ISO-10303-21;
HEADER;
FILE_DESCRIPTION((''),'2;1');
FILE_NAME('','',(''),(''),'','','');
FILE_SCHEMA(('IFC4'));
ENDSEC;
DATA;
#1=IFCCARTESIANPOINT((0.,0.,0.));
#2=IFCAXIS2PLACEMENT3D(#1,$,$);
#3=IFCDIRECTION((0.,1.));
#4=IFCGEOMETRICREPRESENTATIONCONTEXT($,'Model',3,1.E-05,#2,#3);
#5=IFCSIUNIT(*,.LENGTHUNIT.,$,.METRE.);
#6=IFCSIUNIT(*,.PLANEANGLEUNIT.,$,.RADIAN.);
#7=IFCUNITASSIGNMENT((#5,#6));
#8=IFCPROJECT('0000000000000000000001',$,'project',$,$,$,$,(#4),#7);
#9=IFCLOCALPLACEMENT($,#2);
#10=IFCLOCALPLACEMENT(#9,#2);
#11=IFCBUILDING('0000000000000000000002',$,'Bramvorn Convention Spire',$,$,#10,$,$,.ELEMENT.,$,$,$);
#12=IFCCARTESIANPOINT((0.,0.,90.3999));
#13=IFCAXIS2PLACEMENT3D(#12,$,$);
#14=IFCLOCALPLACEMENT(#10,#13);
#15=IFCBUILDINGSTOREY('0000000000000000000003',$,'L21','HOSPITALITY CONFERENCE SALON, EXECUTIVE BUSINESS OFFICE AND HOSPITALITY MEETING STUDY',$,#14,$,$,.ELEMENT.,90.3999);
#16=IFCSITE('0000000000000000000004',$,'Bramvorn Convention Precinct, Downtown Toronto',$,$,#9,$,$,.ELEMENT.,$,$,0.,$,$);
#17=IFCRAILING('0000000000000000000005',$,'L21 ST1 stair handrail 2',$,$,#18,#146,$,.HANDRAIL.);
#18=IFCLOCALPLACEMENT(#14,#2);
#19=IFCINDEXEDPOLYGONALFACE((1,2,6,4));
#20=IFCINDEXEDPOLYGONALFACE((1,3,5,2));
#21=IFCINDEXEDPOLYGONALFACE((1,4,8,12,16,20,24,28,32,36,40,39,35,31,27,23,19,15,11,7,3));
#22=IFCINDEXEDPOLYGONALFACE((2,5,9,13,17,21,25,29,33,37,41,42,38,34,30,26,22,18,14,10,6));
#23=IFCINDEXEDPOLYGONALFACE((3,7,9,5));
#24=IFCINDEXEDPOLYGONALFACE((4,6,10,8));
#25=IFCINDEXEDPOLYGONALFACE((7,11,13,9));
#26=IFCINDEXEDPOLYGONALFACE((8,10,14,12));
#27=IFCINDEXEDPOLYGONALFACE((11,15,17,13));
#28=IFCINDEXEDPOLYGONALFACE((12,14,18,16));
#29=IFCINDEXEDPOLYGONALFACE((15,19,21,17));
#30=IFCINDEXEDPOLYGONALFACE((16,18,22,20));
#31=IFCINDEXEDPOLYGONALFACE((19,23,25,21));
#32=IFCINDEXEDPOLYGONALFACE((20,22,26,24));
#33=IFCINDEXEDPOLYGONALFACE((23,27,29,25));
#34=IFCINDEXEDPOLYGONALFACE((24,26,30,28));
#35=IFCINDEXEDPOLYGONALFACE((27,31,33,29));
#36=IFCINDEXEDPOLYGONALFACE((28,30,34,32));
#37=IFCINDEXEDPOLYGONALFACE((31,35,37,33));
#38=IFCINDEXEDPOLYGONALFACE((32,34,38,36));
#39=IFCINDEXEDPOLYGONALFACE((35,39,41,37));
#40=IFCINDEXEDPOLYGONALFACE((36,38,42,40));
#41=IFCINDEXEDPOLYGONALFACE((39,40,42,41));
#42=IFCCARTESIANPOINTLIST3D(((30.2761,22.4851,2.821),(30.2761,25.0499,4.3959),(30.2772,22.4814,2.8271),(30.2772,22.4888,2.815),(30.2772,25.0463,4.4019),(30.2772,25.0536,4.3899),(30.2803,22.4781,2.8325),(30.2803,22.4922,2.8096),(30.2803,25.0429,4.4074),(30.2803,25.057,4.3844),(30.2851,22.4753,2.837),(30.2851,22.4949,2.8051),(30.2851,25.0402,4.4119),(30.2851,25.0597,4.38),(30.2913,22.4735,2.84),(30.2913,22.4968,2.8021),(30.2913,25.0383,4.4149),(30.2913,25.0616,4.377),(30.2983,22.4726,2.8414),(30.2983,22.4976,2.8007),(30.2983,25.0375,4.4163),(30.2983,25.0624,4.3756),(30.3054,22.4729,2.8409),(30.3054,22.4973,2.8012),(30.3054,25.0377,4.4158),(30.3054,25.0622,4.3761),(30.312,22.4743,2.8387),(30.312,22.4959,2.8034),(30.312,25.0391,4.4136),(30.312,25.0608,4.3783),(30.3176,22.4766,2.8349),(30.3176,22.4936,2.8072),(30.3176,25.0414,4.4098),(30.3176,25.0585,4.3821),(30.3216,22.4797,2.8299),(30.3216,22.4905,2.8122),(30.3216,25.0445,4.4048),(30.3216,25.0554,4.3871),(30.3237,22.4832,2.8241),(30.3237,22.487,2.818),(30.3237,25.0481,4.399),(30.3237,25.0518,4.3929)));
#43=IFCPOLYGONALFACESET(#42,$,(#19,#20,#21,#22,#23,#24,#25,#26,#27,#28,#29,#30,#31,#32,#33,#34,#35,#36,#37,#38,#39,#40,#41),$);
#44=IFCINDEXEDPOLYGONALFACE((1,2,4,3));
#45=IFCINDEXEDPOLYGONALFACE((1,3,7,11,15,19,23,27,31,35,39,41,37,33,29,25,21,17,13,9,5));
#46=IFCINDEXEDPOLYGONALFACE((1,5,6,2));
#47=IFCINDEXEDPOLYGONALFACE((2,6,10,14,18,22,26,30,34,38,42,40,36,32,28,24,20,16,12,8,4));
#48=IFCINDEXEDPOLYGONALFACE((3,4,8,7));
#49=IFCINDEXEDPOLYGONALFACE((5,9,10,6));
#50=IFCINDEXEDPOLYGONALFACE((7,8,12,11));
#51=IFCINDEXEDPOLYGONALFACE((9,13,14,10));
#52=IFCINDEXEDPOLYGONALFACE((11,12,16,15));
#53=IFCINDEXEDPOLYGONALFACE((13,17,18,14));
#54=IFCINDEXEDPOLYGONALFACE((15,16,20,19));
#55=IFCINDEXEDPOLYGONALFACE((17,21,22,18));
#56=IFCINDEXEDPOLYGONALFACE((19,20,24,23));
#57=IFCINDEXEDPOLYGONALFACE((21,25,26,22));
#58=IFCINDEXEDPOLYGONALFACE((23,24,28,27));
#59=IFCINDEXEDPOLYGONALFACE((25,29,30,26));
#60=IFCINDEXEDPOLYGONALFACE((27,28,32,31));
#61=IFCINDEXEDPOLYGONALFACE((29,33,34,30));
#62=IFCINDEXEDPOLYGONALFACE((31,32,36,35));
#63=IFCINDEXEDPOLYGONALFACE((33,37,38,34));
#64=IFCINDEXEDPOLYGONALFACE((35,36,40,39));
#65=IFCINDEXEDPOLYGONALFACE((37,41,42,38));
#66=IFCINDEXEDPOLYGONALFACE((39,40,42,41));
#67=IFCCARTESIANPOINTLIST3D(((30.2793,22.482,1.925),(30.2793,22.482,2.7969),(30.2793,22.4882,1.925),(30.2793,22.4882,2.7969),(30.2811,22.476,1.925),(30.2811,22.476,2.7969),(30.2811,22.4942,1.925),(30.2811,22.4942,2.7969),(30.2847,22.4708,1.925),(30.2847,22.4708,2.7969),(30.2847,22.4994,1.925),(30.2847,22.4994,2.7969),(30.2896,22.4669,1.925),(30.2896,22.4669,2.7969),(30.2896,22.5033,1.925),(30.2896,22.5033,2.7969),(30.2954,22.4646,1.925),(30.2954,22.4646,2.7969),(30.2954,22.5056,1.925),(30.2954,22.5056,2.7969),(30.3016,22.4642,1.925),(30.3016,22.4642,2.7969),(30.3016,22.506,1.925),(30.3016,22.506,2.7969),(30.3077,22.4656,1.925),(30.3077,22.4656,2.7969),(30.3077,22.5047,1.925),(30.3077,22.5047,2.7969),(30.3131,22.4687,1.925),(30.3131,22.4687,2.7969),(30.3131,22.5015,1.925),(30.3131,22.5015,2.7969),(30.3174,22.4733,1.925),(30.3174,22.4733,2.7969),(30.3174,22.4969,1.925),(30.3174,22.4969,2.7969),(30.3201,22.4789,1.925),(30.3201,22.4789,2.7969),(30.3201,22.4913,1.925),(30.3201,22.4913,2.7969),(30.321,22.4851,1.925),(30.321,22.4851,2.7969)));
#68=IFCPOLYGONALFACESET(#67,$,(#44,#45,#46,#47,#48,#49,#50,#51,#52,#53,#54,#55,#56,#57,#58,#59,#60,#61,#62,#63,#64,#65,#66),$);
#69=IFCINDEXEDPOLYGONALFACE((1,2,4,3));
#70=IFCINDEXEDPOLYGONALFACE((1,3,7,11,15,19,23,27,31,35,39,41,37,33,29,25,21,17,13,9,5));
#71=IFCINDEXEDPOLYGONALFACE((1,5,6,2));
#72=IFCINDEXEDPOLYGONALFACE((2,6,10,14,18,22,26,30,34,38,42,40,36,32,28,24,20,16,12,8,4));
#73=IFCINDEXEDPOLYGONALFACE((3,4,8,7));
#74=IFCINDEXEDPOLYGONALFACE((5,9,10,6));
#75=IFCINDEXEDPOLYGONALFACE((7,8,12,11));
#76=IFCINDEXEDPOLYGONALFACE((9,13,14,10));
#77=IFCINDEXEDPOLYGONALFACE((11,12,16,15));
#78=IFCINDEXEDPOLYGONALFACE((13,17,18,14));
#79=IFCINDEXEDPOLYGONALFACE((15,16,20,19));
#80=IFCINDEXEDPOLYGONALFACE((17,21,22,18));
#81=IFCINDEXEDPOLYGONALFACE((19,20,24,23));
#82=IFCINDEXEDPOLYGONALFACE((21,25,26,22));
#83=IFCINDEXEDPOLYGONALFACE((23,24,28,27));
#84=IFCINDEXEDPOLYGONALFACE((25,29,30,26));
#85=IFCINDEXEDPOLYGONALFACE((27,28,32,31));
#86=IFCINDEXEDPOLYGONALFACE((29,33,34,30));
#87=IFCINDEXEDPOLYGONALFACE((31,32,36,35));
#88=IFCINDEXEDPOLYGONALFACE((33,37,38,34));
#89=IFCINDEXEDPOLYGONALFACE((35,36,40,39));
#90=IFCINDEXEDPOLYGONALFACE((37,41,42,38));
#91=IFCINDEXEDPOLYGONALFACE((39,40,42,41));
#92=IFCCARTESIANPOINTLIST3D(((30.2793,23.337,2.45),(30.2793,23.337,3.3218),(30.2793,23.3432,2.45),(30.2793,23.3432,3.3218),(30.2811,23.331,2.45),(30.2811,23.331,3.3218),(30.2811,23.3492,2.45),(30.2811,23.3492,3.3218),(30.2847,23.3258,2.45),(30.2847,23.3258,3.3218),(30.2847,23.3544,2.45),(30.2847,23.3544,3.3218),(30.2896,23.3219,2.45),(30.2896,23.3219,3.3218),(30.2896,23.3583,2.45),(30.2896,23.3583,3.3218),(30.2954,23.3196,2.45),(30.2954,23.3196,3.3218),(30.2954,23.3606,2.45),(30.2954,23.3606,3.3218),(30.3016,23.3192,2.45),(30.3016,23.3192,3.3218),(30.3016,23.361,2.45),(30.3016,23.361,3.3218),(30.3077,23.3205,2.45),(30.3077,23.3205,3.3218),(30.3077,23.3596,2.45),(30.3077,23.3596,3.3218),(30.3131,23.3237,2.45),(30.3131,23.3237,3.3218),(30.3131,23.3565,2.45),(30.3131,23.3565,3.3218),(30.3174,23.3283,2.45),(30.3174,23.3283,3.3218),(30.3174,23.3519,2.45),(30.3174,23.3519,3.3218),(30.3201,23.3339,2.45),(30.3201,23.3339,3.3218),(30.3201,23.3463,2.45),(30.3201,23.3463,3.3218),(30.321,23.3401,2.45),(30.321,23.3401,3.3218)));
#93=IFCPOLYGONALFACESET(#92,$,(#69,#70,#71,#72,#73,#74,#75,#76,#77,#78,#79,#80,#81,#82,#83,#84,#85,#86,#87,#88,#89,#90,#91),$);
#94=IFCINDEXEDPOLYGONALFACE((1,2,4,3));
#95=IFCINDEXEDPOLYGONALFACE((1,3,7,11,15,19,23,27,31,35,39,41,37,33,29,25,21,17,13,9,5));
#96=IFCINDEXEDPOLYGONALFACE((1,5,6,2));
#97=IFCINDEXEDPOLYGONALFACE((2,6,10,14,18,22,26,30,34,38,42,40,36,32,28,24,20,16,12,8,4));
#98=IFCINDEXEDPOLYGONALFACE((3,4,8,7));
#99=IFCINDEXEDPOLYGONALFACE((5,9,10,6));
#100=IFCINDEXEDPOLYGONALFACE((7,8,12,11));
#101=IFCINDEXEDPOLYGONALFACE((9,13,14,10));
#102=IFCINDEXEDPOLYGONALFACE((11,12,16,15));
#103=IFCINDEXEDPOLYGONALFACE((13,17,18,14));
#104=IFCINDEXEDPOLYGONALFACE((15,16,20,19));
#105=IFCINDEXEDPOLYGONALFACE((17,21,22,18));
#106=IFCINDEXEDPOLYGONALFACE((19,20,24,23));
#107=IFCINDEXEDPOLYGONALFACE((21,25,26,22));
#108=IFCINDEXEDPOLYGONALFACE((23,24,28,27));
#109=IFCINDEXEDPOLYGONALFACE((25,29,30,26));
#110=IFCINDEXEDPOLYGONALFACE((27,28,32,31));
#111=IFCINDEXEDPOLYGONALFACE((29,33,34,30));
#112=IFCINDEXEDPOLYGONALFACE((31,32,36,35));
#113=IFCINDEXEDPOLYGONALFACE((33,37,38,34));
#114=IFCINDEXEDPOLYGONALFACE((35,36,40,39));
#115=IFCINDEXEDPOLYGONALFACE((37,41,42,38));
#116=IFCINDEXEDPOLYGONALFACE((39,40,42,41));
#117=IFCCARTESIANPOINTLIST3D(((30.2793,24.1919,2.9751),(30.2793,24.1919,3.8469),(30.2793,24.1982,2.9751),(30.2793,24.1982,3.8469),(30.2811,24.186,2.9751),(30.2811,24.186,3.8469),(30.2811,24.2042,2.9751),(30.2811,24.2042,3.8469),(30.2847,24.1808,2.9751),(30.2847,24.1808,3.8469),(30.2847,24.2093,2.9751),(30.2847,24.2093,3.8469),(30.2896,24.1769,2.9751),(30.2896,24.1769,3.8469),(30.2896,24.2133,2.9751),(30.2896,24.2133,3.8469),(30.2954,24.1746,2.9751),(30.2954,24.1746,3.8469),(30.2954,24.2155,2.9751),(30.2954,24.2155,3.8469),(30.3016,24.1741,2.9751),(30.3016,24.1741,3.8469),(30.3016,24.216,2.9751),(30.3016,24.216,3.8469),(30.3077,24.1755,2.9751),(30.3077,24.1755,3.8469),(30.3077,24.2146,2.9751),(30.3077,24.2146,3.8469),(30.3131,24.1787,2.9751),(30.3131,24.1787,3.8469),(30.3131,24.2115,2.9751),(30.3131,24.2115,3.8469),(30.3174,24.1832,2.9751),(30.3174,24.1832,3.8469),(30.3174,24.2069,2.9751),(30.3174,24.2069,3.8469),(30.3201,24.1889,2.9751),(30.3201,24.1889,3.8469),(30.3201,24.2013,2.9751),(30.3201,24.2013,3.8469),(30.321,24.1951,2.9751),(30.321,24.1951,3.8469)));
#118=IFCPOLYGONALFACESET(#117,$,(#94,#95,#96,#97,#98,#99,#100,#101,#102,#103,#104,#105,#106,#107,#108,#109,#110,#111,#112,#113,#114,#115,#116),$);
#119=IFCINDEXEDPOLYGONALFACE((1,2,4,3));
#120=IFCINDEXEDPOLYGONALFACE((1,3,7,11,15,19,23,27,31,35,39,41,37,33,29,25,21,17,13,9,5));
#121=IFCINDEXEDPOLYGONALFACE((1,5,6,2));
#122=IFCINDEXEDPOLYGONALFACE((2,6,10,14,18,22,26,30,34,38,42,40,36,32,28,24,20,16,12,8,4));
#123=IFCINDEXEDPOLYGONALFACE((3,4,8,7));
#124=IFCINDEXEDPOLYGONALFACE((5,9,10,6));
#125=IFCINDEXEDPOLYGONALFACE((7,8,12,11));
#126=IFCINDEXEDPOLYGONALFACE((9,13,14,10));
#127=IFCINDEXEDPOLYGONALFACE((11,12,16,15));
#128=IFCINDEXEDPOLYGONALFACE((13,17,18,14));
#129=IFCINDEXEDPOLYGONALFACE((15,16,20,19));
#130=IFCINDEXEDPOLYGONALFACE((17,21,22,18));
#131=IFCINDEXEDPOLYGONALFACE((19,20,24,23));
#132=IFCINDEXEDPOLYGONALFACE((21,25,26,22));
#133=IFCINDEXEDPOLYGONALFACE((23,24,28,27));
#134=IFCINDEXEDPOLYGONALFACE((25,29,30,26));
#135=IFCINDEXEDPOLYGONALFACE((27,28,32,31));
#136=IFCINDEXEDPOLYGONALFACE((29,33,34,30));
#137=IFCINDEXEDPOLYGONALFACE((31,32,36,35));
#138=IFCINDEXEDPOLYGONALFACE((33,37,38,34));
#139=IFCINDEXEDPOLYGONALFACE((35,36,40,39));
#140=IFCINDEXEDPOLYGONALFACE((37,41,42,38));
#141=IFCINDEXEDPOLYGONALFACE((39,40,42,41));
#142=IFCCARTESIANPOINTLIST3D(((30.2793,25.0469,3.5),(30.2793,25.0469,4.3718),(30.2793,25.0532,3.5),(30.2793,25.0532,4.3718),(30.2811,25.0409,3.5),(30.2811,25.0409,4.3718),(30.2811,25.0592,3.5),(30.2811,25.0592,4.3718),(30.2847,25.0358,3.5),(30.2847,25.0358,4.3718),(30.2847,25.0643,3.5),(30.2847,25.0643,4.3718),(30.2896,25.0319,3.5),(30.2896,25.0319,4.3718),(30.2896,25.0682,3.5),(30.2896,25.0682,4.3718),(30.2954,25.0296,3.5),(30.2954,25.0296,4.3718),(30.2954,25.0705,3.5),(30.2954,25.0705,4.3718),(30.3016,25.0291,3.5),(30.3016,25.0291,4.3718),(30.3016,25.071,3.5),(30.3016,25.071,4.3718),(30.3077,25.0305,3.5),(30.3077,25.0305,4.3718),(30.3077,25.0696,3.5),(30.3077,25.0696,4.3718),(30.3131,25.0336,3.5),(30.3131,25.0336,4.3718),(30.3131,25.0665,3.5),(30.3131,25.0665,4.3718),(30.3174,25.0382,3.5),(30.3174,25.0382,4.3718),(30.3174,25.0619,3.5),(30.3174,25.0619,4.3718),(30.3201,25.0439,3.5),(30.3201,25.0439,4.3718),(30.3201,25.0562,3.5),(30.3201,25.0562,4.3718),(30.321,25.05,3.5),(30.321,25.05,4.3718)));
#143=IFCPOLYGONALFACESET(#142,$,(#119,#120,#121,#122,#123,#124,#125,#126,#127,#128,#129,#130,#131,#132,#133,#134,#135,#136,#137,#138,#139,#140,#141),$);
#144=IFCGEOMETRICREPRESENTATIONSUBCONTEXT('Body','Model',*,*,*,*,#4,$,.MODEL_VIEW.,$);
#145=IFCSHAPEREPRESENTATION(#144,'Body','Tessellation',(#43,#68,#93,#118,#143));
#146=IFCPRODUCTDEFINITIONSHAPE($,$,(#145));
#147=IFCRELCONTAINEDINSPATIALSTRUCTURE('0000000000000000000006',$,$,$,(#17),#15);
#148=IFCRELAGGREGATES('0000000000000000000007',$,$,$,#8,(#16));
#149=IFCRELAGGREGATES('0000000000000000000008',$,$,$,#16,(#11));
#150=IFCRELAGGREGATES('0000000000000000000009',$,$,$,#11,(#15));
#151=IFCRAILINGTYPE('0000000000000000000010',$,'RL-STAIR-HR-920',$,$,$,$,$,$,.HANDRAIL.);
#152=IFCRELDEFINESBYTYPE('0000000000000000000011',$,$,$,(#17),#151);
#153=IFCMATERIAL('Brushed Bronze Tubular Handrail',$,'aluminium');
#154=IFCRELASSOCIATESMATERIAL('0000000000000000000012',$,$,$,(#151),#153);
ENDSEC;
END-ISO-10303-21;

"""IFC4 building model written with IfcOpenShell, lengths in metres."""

from ifc_helpers import new_model, si_unit, direction, frame, origin, origin_2d, place, context, subcontext, project, spatial, circle, extrude, material, type_object, element, save


model = new_model("IFC4")

# Units and contexts
model_context = context("Model", 3, precision=1e-05, world=origin(), true_north=direction((0.0, 1.0)))
body_context = subcontext(model_context, "Body", "Model", "MODEL_VIEW")
ifc_project = project(units=[si_unit("LENGTHUNIT", "METRE"), si_unit("PLANEANGLEUNIT", "RADIAN")], contexts=[model_context])

# Site, building, storey
site_placement = place(None, origin())
site = spatial("IfcSite", under=ifc_project, at=site_placement, Name="Bramvorn Convention Precinct, Downtown Toronto", CompositionType="ELEMENT", RefElevation=0.0)
building_placement = place(site_placement, origin())
building = spatial("IfcBuilding", under=site, at=building_placement, Name="Bramvorn Convention Spire", CompositionType="ELEMENT")
storey_placement = place(building_placement, frame((0.0, 0.0, 90.3999)))
storey = spatial("IfcBuildingStorey", under=building, at=storey_placement, Name="L21", Description="HOSPITALITY CONFERENCE SALON, EXECUTIVE BUSINESS OFFICE AND HOSPITALITY MEETING STUDY", CompositionType="ELEMENT", Elevation=90.3999)

# Railing
ifc_material_1 = material(Name="Brushed Bronze Tubular Handrail", Category="aluminium")
railing_type_1 = type_object("IfcRailingType", Name="RL-STAIR-HR-920", PredefinedType="HANDRAIL", material=ifc_material_1)
for number, where, name in (
    (1, (30.3, 22.4851, 1.925), "L21 ST1 stair handrail 2"),
):
    element("IfcRailing", number, at=place(storey_placement, frame(where)), inside=storey, type_object=railing_type_1, Name=name, PredefinedType="HANDRAIL", context=body_context, shape_type="SweptSolid", body=[
        extrude(circle(Radius=0.0239, at=origin_2d()), frame((0.0, 0.0, 0.896), z_axis=(0.0, 0.852173, 0.52326), x_axis=(-1.0, 0.0, 0.0)), (0.0, 0.0, 1.0), 3.0098),
        extrude(circle(Radius=0.021, at=origin_2d()), origin(), (0.0, 0.0, 1.0), 0.8718),
        extrude(circle(Radius=0.021, at=origin_2d()), frame((0.0, 0.855, 0.5249)), (0.0, 0.0, 1.0), 0.8718),
        extrude(circle(Radius=0.021, at=origin_2d()), frame((0.0, 1.71, 1.05)), (0.0, 0.0, 1.0), 0.8718),
        extrude(circle(Radius=0.021, at=origin_2d()), frame((0.0, 2.5649, 1.575)), (0.0, 0.0, 1.0), 0.8718),
    ])

save(model, "model.ifc")
